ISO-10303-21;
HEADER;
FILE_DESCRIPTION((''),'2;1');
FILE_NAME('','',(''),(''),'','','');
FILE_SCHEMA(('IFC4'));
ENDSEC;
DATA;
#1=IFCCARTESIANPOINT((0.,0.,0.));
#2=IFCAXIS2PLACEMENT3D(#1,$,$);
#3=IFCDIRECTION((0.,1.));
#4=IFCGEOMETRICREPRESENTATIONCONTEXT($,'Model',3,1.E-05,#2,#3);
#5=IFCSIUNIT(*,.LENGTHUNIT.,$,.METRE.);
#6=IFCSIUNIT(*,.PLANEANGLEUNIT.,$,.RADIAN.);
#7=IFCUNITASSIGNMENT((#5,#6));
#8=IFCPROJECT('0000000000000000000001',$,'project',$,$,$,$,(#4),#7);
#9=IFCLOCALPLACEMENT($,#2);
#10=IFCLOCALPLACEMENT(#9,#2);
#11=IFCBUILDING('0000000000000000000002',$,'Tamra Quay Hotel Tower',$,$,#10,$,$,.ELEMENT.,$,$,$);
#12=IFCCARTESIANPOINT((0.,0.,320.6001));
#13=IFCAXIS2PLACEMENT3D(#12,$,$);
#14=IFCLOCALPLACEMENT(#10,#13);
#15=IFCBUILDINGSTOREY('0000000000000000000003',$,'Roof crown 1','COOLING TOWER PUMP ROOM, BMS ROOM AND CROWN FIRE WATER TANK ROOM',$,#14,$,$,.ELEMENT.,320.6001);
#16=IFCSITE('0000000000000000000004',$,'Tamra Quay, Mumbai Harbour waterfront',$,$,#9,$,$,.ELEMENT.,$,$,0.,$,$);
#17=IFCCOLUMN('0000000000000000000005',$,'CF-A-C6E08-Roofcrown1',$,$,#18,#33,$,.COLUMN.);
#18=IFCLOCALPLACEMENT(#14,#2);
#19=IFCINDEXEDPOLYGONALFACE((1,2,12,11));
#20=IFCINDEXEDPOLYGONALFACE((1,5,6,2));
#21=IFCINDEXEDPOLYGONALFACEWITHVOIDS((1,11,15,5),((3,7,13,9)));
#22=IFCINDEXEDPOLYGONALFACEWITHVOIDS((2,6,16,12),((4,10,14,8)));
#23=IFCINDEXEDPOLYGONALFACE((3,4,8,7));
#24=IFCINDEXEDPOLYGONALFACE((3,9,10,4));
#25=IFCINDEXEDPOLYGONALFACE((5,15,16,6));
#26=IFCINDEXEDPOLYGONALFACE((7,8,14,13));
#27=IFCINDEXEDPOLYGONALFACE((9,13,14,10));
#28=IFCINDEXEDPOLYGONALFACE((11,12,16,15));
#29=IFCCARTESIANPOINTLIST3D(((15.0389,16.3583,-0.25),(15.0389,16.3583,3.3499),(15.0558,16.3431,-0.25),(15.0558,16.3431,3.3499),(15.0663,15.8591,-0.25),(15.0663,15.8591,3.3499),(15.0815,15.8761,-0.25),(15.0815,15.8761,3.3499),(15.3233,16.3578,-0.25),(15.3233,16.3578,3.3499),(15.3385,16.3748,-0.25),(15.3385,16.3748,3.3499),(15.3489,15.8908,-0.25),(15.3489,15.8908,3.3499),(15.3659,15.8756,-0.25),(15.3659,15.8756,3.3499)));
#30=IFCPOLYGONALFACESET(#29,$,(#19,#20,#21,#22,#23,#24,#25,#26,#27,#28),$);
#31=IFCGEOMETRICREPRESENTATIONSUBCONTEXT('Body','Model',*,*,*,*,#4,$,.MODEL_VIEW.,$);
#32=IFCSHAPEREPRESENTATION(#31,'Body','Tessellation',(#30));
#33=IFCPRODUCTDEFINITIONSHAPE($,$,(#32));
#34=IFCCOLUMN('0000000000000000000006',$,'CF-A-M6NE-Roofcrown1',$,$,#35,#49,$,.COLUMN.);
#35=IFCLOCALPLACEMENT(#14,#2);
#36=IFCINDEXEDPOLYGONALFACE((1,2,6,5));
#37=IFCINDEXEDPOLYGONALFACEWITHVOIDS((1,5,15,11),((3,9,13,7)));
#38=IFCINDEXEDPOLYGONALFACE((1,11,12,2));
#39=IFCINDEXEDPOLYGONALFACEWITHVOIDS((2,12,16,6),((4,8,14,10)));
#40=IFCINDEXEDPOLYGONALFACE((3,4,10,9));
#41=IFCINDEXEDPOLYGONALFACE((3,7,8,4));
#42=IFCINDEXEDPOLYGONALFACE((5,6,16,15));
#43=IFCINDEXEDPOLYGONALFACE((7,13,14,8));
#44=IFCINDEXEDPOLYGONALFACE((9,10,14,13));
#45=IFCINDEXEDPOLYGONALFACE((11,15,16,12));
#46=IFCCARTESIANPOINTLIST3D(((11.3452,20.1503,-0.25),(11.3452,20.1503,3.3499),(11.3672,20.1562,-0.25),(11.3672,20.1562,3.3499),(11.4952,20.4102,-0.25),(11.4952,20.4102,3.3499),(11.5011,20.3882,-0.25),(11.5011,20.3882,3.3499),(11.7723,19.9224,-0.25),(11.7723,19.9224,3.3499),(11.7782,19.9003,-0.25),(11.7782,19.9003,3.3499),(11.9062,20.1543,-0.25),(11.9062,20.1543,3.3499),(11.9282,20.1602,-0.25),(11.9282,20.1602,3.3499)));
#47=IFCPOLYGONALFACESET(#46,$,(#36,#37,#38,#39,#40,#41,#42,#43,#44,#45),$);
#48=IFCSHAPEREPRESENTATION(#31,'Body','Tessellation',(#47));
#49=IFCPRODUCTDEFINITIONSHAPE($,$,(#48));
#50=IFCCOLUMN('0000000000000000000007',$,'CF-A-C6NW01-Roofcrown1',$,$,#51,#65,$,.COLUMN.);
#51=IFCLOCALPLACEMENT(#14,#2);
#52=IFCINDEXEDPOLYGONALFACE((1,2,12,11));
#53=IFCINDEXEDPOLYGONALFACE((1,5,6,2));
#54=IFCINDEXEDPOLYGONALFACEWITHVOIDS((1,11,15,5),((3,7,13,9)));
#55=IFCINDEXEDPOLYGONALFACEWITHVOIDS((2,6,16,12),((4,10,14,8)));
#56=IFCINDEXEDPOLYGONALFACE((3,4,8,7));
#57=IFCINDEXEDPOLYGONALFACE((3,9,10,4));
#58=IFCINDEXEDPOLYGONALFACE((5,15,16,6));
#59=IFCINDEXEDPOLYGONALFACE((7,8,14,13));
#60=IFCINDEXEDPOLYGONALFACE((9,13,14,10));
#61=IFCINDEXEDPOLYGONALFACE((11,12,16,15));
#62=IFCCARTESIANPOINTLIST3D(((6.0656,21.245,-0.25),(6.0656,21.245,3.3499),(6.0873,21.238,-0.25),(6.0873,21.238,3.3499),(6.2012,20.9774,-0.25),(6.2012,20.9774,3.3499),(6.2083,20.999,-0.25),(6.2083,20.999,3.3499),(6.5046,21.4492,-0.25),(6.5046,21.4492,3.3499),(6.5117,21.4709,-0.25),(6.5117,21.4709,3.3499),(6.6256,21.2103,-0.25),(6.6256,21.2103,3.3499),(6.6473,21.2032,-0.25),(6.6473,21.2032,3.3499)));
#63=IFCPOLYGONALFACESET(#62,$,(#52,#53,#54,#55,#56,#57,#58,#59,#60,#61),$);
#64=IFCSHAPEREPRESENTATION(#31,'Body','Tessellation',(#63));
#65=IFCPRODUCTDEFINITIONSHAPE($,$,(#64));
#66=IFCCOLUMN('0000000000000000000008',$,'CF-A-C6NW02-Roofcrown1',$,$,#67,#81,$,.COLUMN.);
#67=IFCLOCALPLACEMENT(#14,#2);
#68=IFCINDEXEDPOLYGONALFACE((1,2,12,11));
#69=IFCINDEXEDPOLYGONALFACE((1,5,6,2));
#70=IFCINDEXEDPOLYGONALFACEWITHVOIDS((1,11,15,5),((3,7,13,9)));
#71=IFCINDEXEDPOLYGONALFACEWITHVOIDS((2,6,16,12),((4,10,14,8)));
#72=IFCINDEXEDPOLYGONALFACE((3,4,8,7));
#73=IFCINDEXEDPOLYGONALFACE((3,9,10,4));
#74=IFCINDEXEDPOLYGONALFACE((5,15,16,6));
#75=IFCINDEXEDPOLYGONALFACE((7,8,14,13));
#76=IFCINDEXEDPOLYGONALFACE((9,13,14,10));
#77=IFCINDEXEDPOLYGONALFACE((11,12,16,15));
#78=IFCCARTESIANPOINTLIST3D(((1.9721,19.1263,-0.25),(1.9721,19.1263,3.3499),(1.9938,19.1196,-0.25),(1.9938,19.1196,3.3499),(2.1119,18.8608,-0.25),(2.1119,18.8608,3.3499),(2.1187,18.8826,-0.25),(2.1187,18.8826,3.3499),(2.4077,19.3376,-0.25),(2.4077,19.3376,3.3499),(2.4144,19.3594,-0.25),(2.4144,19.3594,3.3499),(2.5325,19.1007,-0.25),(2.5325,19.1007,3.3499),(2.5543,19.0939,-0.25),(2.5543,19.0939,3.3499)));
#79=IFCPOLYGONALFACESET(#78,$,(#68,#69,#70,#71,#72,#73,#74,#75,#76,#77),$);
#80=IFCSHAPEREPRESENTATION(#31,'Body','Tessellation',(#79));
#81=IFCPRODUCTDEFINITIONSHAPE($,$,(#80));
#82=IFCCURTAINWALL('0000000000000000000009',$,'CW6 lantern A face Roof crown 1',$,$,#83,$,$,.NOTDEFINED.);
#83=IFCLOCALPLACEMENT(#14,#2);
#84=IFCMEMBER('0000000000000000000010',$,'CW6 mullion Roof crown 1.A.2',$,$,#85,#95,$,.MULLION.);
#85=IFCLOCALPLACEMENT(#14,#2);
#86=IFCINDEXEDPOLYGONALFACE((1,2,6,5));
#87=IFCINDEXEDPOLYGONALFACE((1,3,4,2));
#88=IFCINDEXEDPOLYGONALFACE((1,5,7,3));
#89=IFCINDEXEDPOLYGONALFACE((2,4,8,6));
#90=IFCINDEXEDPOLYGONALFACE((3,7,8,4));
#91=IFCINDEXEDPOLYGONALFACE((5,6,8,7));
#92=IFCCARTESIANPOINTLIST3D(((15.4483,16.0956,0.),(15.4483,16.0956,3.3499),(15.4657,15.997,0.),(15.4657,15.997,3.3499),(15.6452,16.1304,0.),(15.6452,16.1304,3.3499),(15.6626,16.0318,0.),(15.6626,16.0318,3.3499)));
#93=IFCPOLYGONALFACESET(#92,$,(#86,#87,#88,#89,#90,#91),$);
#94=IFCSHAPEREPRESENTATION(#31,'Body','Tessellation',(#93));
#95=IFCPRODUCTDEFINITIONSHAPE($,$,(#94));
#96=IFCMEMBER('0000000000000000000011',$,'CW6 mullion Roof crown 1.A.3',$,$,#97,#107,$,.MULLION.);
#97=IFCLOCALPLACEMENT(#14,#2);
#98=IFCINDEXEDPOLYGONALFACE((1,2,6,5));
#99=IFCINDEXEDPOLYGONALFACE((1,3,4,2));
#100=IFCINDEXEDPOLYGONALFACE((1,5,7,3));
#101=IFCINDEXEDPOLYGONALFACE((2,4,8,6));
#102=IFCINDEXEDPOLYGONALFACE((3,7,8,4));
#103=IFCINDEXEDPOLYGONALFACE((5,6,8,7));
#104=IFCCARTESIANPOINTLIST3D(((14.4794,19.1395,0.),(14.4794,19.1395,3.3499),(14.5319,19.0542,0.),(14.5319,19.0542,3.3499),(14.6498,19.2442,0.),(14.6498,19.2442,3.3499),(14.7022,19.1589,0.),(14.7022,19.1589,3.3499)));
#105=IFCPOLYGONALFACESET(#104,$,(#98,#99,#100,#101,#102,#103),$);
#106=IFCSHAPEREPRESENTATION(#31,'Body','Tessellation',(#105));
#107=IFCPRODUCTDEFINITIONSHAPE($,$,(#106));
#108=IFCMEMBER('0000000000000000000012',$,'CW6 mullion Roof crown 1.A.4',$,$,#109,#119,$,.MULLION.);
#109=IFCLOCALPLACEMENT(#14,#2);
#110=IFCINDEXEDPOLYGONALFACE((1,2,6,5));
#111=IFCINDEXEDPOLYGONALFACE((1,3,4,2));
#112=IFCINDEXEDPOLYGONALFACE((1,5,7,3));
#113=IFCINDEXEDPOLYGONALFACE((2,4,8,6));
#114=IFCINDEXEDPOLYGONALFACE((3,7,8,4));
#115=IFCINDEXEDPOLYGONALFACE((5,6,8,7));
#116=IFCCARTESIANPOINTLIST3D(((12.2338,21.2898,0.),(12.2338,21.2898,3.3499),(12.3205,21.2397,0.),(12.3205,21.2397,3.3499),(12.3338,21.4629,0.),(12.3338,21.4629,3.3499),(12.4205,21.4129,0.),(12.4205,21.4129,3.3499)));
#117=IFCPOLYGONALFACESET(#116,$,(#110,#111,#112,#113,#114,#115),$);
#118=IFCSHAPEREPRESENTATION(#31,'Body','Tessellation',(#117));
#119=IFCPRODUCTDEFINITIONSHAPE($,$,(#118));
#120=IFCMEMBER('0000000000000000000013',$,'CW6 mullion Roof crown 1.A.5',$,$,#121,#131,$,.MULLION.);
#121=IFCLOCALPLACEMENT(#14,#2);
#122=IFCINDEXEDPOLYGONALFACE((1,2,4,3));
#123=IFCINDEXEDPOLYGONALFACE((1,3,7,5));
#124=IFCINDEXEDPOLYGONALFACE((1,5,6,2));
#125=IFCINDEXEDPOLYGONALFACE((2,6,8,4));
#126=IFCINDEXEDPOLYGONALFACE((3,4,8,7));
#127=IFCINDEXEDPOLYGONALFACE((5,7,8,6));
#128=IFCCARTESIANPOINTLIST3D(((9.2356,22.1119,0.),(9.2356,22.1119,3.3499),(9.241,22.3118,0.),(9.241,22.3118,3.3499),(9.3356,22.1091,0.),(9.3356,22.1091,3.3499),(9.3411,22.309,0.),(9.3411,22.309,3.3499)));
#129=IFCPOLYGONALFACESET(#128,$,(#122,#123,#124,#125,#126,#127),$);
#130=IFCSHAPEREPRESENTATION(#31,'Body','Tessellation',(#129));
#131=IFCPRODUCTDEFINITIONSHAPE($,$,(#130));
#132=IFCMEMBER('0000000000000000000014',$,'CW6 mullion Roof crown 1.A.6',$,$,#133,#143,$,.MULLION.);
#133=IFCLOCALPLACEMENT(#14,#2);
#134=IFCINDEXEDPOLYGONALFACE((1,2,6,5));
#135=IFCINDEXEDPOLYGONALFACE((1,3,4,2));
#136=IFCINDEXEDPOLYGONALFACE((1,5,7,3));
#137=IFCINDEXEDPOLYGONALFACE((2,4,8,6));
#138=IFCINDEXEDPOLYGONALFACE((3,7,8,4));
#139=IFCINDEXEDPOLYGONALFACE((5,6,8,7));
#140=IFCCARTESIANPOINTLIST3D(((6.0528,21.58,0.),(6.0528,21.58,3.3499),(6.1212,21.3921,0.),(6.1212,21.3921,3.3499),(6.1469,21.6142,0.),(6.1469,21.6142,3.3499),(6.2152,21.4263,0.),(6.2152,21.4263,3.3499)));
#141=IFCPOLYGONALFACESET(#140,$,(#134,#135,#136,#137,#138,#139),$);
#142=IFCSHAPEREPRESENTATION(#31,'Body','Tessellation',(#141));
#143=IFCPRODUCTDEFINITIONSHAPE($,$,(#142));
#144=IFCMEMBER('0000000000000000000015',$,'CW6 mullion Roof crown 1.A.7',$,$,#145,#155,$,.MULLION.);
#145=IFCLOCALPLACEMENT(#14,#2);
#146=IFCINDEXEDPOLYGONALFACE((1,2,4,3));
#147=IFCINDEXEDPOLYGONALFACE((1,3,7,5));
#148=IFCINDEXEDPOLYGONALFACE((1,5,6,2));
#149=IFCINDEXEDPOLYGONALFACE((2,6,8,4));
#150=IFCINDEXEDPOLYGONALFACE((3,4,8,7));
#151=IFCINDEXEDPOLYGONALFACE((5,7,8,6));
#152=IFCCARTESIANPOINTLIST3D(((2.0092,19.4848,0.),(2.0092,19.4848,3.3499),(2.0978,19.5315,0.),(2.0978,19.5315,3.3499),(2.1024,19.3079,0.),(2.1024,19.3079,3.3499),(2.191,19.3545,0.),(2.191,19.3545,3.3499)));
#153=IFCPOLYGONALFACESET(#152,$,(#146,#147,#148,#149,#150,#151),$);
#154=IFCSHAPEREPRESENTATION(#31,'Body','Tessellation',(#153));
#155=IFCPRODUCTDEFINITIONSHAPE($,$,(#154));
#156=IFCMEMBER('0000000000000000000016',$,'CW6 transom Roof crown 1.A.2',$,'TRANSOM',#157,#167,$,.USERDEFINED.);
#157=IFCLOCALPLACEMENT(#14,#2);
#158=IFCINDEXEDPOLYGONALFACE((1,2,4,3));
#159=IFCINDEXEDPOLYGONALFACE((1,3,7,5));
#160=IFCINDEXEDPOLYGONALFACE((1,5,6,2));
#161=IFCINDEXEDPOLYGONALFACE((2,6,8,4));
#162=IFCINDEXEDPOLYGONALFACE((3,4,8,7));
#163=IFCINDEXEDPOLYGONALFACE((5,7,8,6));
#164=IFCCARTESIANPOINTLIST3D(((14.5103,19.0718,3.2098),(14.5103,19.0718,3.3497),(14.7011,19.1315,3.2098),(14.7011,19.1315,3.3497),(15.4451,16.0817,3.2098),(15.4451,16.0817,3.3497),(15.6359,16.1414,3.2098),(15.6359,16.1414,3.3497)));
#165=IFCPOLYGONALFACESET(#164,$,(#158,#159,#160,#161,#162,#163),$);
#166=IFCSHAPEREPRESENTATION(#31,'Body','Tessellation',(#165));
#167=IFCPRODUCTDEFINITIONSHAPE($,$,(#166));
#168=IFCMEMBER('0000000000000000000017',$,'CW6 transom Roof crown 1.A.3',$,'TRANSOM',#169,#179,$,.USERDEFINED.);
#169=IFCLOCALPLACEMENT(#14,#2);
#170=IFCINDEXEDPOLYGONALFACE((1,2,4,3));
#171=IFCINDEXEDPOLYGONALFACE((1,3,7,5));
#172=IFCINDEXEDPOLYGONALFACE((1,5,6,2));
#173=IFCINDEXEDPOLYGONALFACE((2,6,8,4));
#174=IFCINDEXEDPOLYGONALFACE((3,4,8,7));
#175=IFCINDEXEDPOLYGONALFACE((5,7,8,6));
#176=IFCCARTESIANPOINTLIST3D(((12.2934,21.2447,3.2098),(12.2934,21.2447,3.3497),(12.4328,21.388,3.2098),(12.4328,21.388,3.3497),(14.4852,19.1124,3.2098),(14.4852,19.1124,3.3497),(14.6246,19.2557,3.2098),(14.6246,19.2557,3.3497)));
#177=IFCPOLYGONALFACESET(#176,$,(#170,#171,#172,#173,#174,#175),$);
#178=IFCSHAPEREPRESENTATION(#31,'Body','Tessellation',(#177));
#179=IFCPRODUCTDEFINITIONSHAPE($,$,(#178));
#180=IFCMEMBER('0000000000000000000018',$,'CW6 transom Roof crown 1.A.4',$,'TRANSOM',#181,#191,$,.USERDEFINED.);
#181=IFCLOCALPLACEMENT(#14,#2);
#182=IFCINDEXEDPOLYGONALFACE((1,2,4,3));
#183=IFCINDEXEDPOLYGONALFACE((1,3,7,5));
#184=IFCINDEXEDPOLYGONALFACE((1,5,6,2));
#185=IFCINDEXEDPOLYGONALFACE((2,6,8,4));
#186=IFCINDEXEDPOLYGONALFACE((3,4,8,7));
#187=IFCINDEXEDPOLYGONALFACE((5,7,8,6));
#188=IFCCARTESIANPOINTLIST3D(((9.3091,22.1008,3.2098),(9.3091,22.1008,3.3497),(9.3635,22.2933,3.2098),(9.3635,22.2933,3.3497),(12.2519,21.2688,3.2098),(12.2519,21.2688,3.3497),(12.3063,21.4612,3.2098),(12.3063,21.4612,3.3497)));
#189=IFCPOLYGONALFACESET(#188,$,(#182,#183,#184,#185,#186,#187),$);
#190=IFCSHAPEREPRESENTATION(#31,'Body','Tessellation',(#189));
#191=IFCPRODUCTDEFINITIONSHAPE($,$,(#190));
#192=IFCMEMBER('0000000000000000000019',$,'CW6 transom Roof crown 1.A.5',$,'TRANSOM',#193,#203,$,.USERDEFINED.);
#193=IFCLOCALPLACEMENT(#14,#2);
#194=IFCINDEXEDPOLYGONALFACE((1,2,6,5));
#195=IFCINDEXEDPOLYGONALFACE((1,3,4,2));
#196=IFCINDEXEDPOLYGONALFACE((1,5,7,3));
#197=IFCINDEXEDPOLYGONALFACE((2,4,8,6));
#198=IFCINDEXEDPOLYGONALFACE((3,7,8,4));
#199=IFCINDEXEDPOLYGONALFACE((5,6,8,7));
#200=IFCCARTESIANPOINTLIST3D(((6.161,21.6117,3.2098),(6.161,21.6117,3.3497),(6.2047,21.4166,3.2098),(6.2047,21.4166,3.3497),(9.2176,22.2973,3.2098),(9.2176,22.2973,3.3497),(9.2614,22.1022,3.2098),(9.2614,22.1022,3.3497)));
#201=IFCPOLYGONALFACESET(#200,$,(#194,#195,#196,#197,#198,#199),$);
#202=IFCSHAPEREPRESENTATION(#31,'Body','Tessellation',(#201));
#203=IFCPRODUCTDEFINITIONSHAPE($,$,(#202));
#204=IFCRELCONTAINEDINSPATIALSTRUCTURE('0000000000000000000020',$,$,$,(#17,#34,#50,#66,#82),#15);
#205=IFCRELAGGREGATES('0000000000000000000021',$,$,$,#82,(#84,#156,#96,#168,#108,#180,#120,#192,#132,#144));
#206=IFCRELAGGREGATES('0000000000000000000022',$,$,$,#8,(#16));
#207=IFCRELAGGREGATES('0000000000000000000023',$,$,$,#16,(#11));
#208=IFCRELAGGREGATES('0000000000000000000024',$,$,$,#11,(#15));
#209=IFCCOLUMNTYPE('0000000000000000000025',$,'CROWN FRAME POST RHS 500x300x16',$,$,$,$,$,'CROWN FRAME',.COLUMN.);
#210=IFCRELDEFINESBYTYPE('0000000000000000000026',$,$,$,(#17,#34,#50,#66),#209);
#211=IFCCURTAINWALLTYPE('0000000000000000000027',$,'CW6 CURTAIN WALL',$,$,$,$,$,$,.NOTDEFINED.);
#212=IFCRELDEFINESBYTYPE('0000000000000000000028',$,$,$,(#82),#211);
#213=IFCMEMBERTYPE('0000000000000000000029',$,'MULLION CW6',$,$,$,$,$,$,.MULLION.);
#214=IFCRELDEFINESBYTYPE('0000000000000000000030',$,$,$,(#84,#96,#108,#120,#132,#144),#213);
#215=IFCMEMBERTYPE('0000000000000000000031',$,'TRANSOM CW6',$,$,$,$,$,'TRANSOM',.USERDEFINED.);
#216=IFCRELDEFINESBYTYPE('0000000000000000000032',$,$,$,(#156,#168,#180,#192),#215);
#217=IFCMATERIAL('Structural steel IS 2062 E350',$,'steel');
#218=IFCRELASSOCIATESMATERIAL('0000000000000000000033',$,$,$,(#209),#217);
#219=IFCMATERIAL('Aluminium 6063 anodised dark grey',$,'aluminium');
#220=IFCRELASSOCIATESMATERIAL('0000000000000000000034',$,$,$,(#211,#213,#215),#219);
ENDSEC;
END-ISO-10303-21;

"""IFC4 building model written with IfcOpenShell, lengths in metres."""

from ifc_helpers import new_model, si_unit, direction, frame, origin, origin_2d, place, context, subcontext, project, spatial, rectangle, hollow_rectangle, extrude, material, material_profile, profile_set, type_object, element, aggregate, save


model = new_model("IFC4")

# Units and contexts
model_context = context("Model", 3, precision=1e-05, world=origin(), true_north=direction((0.0, 1.0)))
body_context = subcontext(model_context, "Body", "Model", "MODEL_VIEW")
ifc_project = project(units=[si_unit("LENGTHUNIT", "METRE"), si_unit("PLANEANGLEUNIT", "RADIAN")], contexts=[model_context])

# Site, building, storey
site_placement = place(None, origin())
site = spatial("IfcSite", under=ifc_project, at=site_placement, Name="Tamra Quay, Mumbai Harbour waterfront", CompositionType="ELEMENT", RefElevation=0.0)
building_placement = place(site_placement, origin())
building = spatial("IfcBuilding", under=site, at=building_placement, Name="Tamra Quay Hotel Tower", CompositionType="ELEMENT")
storey_placement = place(building_placement, frame((0.0, 0.0, 320.6001)))
storey = spatial("IfcBuildingStorey", under=building, at=storey_placement, Name="Roof crown 1", Description="COOLING TOWER PUMP ROOM, BMS ROOM AND CROWN FIRE WATER TANK ROOM", CompositionType="ELEMENT", Elevation=320.6001)

# Columns
ifc_material_1 = material(Name="Structural steel IS 2062 E350", Category="steel")
ifc_material_profile_1 = material_profile(ifc_material_1, hollow_rectangle(XDim=0.3, YDim=0.5, WallThickness=0.0161, at=origin_2d()), Name="RHS 500x300x16")
ifc_profile_set_1 = profile_set([ifc_material_profile_1], Name="Structural steel IS 2062 E350")
column_type = type_object("IfcColumnType", Name="CROWN FRAME POST RHS 500x300x16", ElementType="CROWN FRAME", PredefinedType="COLUMN", material=ifc_profile_set_1)
for number, where, z_axis, x_axis, name in (
    (1, (15.2024, 16.1169, -0.25), (0.0, 0.0, 1.0), (0.998491, 0.054917, 0.0), "CF-A-C6E08-Roofcrown1"),
    (2, (11.6367, 20.1553, -0.25), (0.0, 0.0, 1.0), (0.5, 0.866025, 0.0), "CF-A-M6NE-Roofcrown1"),
    (3, (6.3564, 21.2241, -0.25), (0.0, 0.0, 1.0), (-0.451686, 0.892177, 0.0), "CF-A-C6NW01-Roofcrown1"),
    (4, (2.2632, 19.1101, -0.25), (0.0, 0.0, 1.0), (-0.466118, 0.884723, 0.0), "CF-A-C6NW02-Roofcrown1"),
):
    element("IfcColumn", number, at=place(storey_placement, frame(where, z_axis=z_axis, x_axis=x_axis)), inside=storey, type_object=column_type, Name=name, PredefinedType="COLUMN", context=body_context, shape_type="SweptSolid", body=[
        extrude(hollow_rectangle(XDim=0.3, YDim=0.5, WallThickness=0.0161, at=origin_2d()), origin(), (0.0, 0.0, 1.0), 3.5999),
    ])

# Curtain wall, members
ifc_material_2 = material(Name="Aluminium 6063 anodised dark grey", Category="aluminium")
curtain_wall_type = type_object("IfcCurtainWallType", Name="CW6 CURTAIN WALL", PredefinedType="NOTDEFINED", material=ifc_material_2)
curtain_wall_placement = place(storey_placement, origin())
curtain_wall = element("IfcCurtainWall", 5, at=curtain_wall_placement, inside=storey, type_object=curtain_wall_type, Name="CW6 lantern A face Roof crown 1", PredefinedType="NOTDEFINED")
ifc_material_profile_2 = material_profile(ifc_material_2, rectangle(XDim=0.2, YDim=0.1001, at=origin_2d()), Name="MULLION 100X200")
ifc_profile_set_2 = profile_set([ifc_material_profile_2], Name="Aluminium 6063 anodised dark grey")
member_type_1 = type_object("IfcMemberType", Name="MULLION CW6", PredefinedType="MULLION", material=ifc_profile_set_2)
member_1_placement = place(storey_placement, frame((15.5554, 16.0637, 0.0), z_axis=(0.0, 0.0, 1.0), x_axis=(0.98474, 0.174032, 0.0)))
member_1 = element("IfcMember", 6, at=member_1_placement, type_object=member_type_1, Name="CW6 mullion Roof crown 1.A.2", PredefinedType="MULLION", context=body_context, shape_type="SweptSolid", body=[
    extrude(rectangle(XDim=0.2, YDim=0.1001, at=origin_2d()), origin(), (0.0, 0.0, 1.0), 3.3499),
])
member_2_placement = place(storey_placement, frame((14.5908, 19.1492, 0.0), z_axis=(0.0, 0.0, 1.0), x_axis=(0.851964, 0.5236, 0.0)))
member_2 = element("IfcMember", 7, at=member_2_placement, type_object=member_type_1, Name="CW6 mullion Roof crown 1.A.3", PredefinedType="MULLION", context=body_context, shape_type="SweptSolid", body=[
    extrude(rectangle(XDim=0.2, YDim=0.1001, at=origin_2d()), origin(), (0.0, 0.0, 1.0), 3.3499),
])
member_3_placement = place(storey_placement, frame((12.3271, 21.3513, 0.0), z_axis=(0.0, 0.0, 1.0), x_axis=(0.5, 0.866025, 0.0)))
member_3 = element("IfcMember", 8, at=member_3_placement, type_object=member_type_1, Name="CW6 mullion Roof crown 1.A.4", PredefinedType="MULLION", context=body_context, shape_type="SweptSolid", body=[
    extrude(rectangle(XDim=0.2, YDim=0.1001, at=origin_2d()), origin(), (0.0, 0.0, 1.0), 3.3499),
])
member_4_placement = place(storey_placement, frame((9.2883, 22.2104, 0.0), z_axis=(0.0, 0.0, 1.0), x_axis=(0.027469, 0.999623, 0.0)))
member_4 = element("IfcMember", 9, at=member_4_placement, type_object=member_type_1, Name="CW6 mullion Roof crown 1.A.5", PredefinedType="MULLION", context=body_context, shape_type="SweptSolid", body=[
    extrude(rectangle(XDim=0.2, YDim=0.1001, at=origin_2d()), origin(), (0.0, 0.0, 1.0), 3.3499),
])
member_5_placement = place(storey_placement, frame((6.134, 21.5032, 0.0), z_axis=(0.0, 0.0, 1.0), x_axis=(-0.341653, 0.939826, 0.0)))
member_5 = element("IfcMember", 10, at=member_5_placement, type_object=member_type_1, Name="CW6 mullion Roof crown 1.A.6", PredefinedType="MULLION", context=body_context, shape_type="SweptSolid", body=[
    extrude(rectangle(XDim=0.2, YDim=0.1001, at=origin_2d()), origin(), (0.0, 0.0, 1.0), 3.3499),
])
member_6_placement = place(storey_placement, frame((2.1001, 19.4197, 0.0), z_axis=(0.0, 0.0, 1.0), x_axis=(-0.465816, 0.884882, 0.0)))
member_6 = element("IfcMember", 11, at=member_6_placement, type_object=member_type_1, Name="CW6 mullion Roof crown 1.A.7", PredefinedType="MULLION", context=body_context, shape_type="SweptSolid", body=[
    extrude(rectangle(XDim=0.2, YDim=0.1001, at=origin_2d()), origin(), (0.0, 0.0, 1.0), 3.3499),
])
ifc_material_profile_3 = material_profile(ifc_material_2, rectangle(XDim=0.2, YDim=0.1399, at=origin_2d()), Name="TRANSOM 200X140")
ifc_profile_set_3 = profile_set([ifc_material_profile_3], Name="Aluminium 6063 anodised dark grey")
member_type_2 = type_object("IfcMemberType", Name="TRANSOM CW6", ElementType="TRANSOM", PredefinedType="USERDEFINED", material=ifc_profile_set_3)
member_7_placement = place(storey_placement, frame((15.5405, 16.1116, 3.2798), z_axis=(-0.298404, 0.95444, 0.0), x_axis=(-0.95444, -0.298404, 0.0)))
member_7 = element("IfcMember", 12, at=member_7_placement, type_object=member_type_2, Name="CW6 transom Roof crown 1.A.2", ObjectType="TRANSOM", PredefinedType="USERDEFINED", context=body_context, shape_type="SweptSolid", body=[
    extrude(rectangle(XDim=0.2, YDim=0.1399, at=origin_2d()), origin(), (0.0, 0.0, 1.0), 3.1328),
])
member_8_placement = place(storey_placement, frame((14.5549, 19.1841, 3.2798), z_axis=(-0.71678, 0.6973, 0.0), x_axis=(-0.6973, -0.71678, 0.0)))
member_8 = element("IfcMember", 13, at=member_8_placement, type_object=member_type_2, Name="CW6 transom Roof crown 1.A.3", ObjectType="TRANSOM", PredefinedType="USERDEFINED", context=body_context, shape_type="SweptSolid", body=[
    extrude(rectangle(XDim=0.2, YDim=0.1399, at=origin_2d()), origin(), (0.0, 0.0, 1.0), 3.0579),
])
member_9_placement = place(storey_placement, frame((12.2791, 21.365, 3.2798), z_axis=(-0.962274, 0.272084, 0.0), x_axis=(-0.272084, -0.962274, 0.0)))
member_9 = element("IfcMember", 14, at=member_9_placement, type_object=member_type_2, Name="CW6 transom Roof crown 1.A.4", ObjectType="TRANSOM", PredefinedType="USERDEFINED", context=body_context, shape_type="SweptSolid", body=[
    extrude(rectangle(XDim=0.2, YDim=0.1399, at=origin_2d()), origin(), (0.0, 0.0, 1.0), 3.0581),
])
member_10_placement = place(storey_placement, frame((9.2395, 22.1997, 3.2798), z_axis=(-0.97576, -0.218845, 0.0), x_axis=(0.218845, -0.97576, 0.0)))
member_10 = element("IfcMember", 15, at=member_10_placement, type_object=member_type_2, Name="CW6 transom Roof crown 1.A.5", ObjectType="TRANSOM", PredefinedType="USERDEFINED", context=body_context, shape_type="SweptSolid", body=[
    extrude(rectangle(XDim=0.2, YDim=0.1399, at=origin_2d()), origin(), (0.0, 0.0, 1.0), 3.1326),
])
aggregate(curtain_wall, [member_1, member_7, member_2, member_8, member_3, member_9, member_4, member_10, member_5, member_6])

save(model, "model.ifc")
